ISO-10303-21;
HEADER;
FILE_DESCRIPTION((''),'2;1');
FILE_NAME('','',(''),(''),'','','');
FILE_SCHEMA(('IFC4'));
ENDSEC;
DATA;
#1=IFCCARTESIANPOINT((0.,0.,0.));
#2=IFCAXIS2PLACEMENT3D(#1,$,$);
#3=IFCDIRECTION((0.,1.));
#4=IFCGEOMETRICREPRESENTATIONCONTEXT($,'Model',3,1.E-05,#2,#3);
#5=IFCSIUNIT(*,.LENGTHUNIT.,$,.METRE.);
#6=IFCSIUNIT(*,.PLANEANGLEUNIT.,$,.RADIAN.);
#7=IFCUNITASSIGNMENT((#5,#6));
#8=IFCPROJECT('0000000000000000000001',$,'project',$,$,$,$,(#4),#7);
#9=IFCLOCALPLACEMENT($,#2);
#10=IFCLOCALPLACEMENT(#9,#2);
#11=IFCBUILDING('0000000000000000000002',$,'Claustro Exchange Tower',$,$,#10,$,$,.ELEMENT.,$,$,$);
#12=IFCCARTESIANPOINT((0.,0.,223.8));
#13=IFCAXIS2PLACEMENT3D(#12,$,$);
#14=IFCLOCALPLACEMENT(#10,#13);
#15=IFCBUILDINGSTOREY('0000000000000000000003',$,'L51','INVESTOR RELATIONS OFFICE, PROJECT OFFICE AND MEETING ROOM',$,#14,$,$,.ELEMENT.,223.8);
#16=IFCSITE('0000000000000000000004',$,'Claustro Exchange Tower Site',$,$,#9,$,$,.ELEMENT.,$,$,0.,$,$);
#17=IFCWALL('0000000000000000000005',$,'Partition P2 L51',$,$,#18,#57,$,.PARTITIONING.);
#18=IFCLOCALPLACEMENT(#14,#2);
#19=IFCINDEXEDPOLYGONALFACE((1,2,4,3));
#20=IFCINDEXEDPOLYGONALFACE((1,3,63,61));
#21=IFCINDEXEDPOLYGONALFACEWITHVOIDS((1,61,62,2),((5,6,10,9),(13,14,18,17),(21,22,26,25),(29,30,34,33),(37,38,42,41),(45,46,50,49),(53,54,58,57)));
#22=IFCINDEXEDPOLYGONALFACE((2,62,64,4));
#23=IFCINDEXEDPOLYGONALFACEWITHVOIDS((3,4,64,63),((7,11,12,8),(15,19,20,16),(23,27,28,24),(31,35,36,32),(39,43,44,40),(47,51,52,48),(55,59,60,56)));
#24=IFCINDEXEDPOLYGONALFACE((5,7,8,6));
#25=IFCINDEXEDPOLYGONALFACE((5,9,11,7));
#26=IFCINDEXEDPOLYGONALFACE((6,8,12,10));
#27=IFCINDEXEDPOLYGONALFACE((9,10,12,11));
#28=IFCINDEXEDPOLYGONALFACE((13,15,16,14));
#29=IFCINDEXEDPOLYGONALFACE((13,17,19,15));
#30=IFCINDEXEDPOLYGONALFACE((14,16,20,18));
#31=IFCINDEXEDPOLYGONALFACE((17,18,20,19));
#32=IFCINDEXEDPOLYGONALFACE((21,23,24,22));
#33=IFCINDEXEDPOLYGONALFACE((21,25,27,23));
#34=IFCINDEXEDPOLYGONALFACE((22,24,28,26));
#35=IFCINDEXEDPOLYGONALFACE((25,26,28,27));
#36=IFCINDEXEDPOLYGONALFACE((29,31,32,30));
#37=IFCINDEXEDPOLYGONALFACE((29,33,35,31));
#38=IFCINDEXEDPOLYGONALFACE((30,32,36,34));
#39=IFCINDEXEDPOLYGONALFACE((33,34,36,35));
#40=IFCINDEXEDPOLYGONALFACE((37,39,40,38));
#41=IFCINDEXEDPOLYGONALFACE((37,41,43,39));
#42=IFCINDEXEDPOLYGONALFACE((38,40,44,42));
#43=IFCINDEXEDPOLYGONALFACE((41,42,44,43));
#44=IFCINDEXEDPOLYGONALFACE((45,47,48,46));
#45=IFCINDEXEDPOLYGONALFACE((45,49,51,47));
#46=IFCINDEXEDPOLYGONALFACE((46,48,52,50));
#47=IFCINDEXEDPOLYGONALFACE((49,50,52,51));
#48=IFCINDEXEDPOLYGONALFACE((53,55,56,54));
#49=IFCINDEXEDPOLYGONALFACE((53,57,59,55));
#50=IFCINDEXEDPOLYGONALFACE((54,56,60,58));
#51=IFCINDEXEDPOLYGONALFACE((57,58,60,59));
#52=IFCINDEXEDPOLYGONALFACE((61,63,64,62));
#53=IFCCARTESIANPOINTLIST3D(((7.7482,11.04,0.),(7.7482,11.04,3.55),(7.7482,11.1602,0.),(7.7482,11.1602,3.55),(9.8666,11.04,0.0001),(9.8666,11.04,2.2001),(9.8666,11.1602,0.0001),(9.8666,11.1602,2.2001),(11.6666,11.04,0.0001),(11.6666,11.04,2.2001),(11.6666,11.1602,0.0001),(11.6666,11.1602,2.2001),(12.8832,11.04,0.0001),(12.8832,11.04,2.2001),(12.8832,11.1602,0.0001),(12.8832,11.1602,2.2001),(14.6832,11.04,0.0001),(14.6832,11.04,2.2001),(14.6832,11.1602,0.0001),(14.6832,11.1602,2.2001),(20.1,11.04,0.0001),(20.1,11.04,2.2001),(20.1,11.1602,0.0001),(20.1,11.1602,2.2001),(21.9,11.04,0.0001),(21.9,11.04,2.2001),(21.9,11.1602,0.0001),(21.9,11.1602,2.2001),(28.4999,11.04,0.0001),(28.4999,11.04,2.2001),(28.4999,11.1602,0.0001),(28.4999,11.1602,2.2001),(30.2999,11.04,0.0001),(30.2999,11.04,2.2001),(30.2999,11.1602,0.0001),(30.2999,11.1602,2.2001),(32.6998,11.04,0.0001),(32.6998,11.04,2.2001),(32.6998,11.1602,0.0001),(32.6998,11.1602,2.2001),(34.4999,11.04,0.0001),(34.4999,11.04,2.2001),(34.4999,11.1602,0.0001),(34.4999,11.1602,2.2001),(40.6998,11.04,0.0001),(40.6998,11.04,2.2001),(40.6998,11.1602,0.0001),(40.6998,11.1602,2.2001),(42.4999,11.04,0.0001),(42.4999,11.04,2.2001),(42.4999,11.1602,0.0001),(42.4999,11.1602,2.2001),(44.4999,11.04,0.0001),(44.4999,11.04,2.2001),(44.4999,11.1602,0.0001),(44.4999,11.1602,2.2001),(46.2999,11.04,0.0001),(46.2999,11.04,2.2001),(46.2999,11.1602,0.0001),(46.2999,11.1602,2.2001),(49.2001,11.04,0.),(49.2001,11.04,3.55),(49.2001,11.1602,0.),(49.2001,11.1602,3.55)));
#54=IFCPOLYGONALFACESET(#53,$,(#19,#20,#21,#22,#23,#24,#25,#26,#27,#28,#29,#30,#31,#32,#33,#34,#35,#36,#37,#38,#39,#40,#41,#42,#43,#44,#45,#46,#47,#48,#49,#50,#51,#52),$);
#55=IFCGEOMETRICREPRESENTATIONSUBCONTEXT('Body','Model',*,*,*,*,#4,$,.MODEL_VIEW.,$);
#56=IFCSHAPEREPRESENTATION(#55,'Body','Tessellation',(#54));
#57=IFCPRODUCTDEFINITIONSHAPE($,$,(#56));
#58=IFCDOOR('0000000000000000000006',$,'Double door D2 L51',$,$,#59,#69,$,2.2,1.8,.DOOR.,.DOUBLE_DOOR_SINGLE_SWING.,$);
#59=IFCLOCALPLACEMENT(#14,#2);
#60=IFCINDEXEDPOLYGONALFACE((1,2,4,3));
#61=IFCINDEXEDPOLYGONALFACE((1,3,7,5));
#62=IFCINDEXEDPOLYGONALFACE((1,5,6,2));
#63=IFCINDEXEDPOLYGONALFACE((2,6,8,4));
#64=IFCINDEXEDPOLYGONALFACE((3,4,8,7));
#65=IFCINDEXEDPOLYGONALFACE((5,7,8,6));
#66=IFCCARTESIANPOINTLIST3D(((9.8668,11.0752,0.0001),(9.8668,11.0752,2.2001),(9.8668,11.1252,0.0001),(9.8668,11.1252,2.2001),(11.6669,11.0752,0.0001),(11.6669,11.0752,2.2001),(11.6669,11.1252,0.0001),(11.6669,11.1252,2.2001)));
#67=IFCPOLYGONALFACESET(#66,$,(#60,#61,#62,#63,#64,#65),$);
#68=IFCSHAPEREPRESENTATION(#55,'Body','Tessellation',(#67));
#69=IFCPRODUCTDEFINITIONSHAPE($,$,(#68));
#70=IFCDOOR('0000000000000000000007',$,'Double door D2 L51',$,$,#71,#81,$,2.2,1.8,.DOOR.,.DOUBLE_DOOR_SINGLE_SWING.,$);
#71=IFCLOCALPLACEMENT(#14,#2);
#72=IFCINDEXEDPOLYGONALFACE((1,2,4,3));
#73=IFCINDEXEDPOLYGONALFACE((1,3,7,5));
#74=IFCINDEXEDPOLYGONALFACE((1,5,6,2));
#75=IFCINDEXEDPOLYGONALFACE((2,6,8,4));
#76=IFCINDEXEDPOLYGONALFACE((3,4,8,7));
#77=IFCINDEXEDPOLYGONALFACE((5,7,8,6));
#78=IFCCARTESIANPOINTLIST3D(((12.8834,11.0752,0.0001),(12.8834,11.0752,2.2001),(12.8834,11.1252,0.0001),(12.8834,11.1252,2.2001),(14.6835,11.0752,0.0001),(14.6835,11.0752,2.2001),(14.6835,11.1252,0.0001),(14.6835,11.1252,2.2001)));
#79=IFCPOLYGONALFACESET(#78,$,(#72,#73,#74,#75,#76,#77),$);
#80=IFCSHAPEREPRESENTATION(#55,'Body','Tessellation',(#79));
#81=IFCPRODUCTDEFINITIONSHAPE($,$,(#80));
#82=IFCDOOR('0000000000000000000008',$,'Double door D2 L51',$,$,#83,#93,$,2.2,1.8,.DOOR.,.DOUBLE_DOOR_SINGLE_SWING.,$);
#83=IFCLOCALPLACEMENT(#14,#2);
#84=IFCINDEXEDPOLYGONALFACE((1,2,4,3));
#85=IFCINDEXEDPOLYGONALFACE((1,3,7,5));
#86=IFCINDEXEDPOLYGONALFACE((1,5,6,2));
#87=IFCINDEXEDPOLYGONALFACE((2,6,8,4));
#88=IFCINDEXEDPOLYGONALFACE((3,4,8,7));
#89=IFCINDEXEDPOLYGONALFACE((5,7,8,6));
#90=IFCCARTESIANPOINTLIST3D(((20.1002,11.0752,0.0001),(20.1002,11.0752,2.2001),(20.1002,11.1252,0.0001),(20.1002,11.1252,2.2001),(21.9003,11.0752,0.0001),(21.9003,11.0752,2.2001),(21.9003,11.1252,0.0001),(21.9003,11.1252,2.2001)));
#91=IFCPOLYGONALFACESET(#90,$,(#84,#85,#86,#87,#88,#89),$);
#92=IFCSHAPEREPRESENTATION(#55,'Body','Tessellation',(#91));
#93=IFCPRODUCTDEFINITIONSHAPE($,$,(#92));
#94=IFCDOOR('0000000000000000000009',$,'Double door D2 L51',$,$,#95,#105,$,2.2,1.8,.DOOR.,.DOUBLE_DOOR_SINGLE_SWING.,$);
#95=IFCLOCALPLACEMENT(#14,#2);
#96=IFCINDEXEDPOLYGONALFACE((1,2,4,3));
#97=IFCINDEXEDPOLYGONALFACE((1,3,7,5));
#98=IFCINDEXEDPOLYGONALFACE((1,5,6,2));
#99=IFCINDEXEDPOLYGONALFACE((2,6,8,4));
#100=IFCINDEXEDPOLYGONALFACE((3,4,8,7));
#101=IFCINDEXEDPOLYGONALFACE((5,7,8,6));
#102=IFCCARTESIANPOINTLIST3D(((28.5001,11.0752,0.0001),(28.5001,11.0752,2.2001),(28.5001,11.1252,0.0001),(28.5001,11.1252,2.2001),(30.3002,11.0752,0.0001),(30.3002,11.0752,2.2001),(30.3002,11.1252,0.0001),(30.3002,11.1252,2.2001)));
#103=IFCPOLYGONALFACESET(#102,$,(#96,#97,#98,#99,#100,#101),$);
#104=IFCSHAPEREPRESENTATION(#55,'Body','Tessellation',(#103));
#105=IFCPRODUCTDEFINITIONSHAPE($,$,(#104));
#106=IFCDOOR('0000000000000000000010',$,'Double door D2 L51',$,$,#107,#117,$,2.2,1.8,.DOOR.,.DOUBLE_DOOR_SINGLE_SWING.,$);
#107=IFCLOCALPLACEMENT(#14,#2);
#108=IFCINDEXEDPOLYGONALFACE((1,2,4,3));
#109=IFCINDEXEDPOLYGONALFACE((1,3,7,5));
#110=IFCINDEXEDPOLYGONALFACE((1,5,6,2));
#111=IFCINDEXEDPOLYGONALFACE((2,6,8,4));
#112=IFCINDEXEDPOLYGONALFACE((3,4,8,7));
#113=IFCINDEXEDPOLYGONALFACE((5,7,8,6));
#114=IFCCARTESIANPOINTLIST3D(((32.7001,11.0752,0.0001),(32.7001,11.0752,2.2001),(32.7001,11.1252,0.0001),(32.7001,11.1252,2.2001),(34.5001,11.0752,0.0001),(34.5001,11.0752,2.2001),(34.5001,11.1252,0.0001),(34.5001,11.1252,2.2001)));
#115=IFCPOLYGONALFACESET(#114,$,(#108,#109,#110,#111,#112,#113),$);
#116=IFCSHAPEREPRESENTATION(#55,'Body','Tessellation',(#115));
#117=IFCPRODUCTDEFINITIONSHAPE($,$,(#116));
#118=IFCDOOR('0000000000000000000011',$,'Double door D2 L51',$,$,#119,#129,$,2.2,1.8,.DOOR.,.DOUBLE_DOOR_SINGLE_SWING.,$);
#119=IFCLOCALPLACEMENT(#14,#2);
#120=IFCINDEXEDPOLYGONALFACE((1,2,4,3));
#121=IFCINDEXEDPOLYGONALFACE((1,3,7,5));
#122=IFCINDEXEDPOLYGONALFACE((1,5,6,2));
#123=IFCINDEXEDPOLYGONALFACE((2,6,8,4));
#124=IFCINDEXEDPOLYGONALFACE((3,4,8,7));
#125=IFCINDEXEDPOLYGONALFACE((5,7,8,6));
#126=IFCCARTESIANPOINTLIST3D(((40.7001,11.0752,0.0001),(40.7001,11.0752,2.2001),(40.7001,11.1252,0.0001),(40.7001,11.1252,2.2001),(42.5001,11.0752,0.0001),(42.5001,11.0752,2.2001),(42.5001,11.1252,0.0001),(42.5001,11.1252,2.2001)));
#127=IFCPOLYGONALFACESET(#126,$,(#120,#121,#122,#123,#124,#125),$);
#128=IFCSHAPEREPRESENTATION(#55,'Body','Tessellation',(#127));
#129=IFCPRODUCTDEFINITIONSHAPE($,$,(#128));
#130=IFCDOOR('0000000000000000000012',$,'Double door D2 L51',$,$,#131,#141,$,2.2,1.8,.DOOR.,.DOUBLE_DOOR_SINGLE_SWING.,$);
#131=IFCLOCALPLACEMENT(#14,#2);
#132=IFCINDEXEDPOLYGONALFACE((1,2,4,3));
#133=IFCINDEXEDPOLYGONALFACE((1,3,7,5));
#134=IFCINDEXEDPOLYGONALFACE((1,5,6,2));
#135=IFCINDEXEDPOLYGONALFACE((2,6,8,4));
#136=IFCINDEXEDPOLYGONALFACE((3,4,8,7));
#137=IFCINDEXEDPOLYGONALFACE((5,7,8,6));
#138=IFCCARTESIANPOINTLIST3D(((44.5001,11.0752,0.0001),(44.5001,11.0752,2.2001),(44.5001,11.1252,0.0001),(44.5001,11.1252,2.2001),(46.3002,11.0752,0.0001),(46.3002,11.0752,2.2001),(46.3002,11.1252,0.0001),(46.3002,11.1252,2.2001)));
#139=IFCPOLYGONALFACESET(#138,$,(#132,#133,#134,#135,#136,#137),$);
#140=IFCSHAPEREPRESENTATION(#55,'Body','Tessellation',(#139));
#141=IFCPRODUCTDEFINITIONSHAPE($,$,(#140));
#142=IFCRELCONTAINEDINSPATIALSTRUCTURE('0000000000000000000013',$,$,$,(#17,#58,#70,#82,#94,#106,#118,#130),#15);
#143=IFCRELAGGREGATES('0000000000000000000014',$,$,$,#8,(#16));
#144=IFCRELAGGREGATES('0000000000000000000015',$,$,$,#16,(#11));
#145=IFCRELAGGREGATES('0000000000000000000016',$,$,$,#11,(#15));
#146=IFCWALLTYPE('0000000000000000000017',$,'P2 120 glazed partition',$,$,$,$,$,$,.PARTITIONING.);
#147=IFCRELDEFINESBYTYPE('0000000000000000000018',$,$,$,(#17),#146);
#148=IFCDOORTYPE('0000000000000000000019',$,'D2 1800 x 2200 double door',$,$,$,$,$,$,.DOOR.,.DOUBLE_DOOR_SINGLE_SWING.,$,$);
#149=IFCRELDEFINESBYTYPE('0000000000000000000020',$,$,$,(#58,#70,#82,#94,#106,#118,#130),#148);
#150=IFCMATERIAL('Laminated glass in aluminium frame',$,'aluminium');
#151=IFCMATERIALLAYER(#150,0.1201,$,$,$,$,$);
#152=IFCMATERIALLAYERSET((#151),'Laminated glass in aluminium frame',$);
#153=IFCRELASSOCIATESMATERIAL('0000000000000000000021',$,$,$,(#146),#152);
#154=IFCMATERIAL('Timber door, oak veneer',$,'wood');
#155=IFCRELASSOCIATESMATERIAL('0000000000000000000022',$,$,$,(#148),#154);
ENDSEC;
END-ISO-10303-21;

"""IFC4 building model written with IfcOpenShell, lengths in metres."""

from ifc_helpers import new_model, si_unit, direction, frame, frame_2d, origin, place, context, subcontext, project, spatial, rectangle, extrude, material, layer, layer_set, type_object, element, fill, save


model = new_model("IFC4")

# Units and contexts
model_context = context("Model", 3, precision=1e-05, world=origin(), true_north=direction((0.0, 1.0)))
body_context = subcontext(model_context, "Body", "Model", "MODEL_VIEW")
ifc_project = project(units=[si_unit("LENGTHUNIT", "METRE"), si_unit("PLANEANGLEUNIT", "RADIAN")], contexts=[model_context])

# Site, building, storey
site_placement = place(None, origin())
site = spatial("IfcSite", under=ifc_project, at=site_placement, Name="Claustro Exchange Tower Site", CompositionType="ELEMENT", RefElevation=0.0)
building_placement = place(site_placement, origin())
building = spatial("IfcBuilding", under=site, at=building_placement, Name="Claustro Exchange Tower", CompositionType="ELEMENT")
storey_placement = place(building_placement, frame((0.0, 0.0, 223.8)))
storey = spatial("IfcBuildingStorey", under=building, at=storey_placement, Name="L51", Description="INVESTOR RELATIONS OFFICE, PROJECT OFFICE AND MEETING ROOM", CompositionType="ELEMENT", Elevation=223.8)

# Wall, openings, doors
ifc_material_1 = material(Name="Laminated glass in aluminium frame", Category="aluminium")
ifc_layer_1 = layer(ifc_material_1, 0.1201)
ifc_layer_set_1 = layer_set([ifc_layer_1], Name="Laminated glass in aluminium frame")
wall_type_1 = type_object("IfcWallType", Name="P2 120 glazed partition", PredefinedType="PARTITIONING", material=ifc_layer_set_1)
wall_1_placement = place(storey_placement, frame((7.748, 11.1001, 0.0), z_axis=(0.0, 0.0, 1.0), x_axis=(1.0, 0.0, 0.0)))
wall_1 = element("IfcWall", 1, at=wall_1_placement, inside=storey, type_object=wall_type_1, Name="Partition P2 L51", PredefinedType="PARTITIONING", context=body_context, shape_type="SweptSolid", body=[
    extrude(rectangle(XDim=41.4519, YDim=0.1201, at=frame_2d((20.7261, 0.0))), origin(), (0.0, 0.0, 1.0), 3.55),
])
opening_1_placement = place(wall_1_placement, frame((2.1187, 0.0, 0.0)))
opening_1 = element("IfcOpeningElement", 2, at=opening_1_placement, cuts=wall_1, PredefinedType="OPENING", context=body_context, shape_type="SweptSolid", body=[
    extrude(rectangle(XDim=1.8, YDim=2.2, at=frame_2d((0.8999, 1.1001))), frame((0.0, 0.0701, 0.0), z_axis=(0.0, -1.0, 0.0), x_axis=(1.0, 0.0, 0.0)), (0.0, 0.0, 1.0), 0.1401),
])
opening_2_placement = place(wall_1_placement, frame((5.1353, 0.0, 0.0)))
opening_2 = element("IfcOpeningElement", 3, at=opening_2_placement, cuts=wall_1, PredefinedType="OPENING", context=body_context, shape_type="SweptSolid", body=[
    extrude(rectangle(XDim=1.8, YDim=2.2, at=frame_2d((0.8999, 1.1001))), frame((0.0, 0.0701, 0.0), z_axis=(0.0, -1.0, 0.0), x_axis=(1.0, 0.0, 0.0)), (0.0, 0.0, 1.0), 0.1401),
])
opening_3_placement = place(wall_1_placement, frame((12.3521, 0.0, 0.0)))
opening_3 = element("IfcOpeningElement", 4, at=opening_3_placement, cuts=wall_1, PredefinedType="OPENING", context=body_context, shape_type="SweptSolid", body=[
    extrude(rectangle(XDim=1.8, YDim=2.2, at=frame_2d((0.8999, 1.1001))), frame((0.0, 0.0701, 0.0), z_axis=(0.0, -1.0, 0.0), x_axis=(1.0, 0.0, 0.0)), (0.0, 0.0, 1.0), 0.1401),
])
opening_4_placement = place(wall_1_placement, frame((20.752, 0.0, 0.0)))
opening_4 = element("IfcOpeningElement", 5, at=opening_4_placement, cuts=wall_1, PredefinedType="OPENING", context=body_context, shape_type="SweptSolid", body=[
    extrude(rectangle(XDim=1.8, YDim=2.2, at=frame_2d((0.8999, 1.1001))), frame((0.0, 0.0701, 0.0), z_axis=(0.0, -1.0, 0.0), x_axis=(1.0, 0.0, 0.0)), (0.0, 0.0, 1.0), 0.1401),
])
opening_5_placement = place(wall_1_placement, frame((24.9519, 0.0, 0.0)))
opening_5 = element("IfcOpeningElement", 6, at=opening_5_placement, cuts=wall_1, PredefinedType="OPENING", context=body_context, shape_type="SweptSolid", body=[
    extrude(rectangle(XDim=1.8, YDim=2.2, at=frame_2d((0.8999, 1.1001))), frame((0.0, 0.0701, 0.0), z_axis=(0.0, -1.0, 0.0), x_axis=(1.0, 0.0, 0.0)), (0.0, 0.0, 1.0), 0.1401),
])
opening_6_placement = place(wall_1_placement, frame((32.9519, 0.0, 0.0)))
opening_6 = element("IfcOpeningElement", 7, at=opening_6_placement, cuts=wall_1, PredefinedType="OPENING", context=body_context, shape_type="SweptSolid", body=[
    extrude(rectangle(XDim=1.8, YDim=2.2, at=frame_2d((0.8999, 1.1001))), frame((0.0, 0.0701, 0.0), z_axis=(0.0, -1.0, 0.0), x_axis=(1.0, 0.0, 0.0)), (0.0, 0.0, 1.0), 0.1401),
])
opening_7_placement = place(wall_1_placement, frame((36.752, 0.0, 0.0)))
opening_7 = element("IfcOpeningElement", 8, at=opening_7_placement, cuts=wall_1, PredefinedType="OPENING", context=body_context, shape_type="SweptSolid", body=[
    extrude(rectangle(XDim=1.8, YDim=2.2, at=frame_2d((0.8999, 1.1001))), frame((0.0, 0.0701, 0.0), z_axis=(0.0, -1.0, 0.0), x_axis=(1.0, 0.0, 0.0)), (0.0, 0.0, 1.0), 0.1401),
])
ifc_material_2 = material(Name="Timber door, oak veneer", Category="wood")
door_type_1 = type_object("IfcDoorType", Name="D2 1800 x 2200 double door", OperationType="DOUBLE_DOOR_SINGLE_SWING", PredefinedType="DOOR", material=ifc_material_2)
door_1_placement = place(opening_1_placement, frame((1.8, 0.0, 0.0), z_axis=(0.0, 0.0, 1.0), x_axis=(-1.0, 0.0, 0.0)))
door_1 = element("IfcDoor", 9, at=door_1_placement, inside=storey, type_object=door_type_1, Name="Double door D2 L51", OperationType="DOUBLE_DOOR_SINGLE_SWING", OverallHeight=2.2, OverallWidth=1.8, PredefinedType="DOOR", context=body_context, shape_type="SweptSolid", body=[
    extrude(rectangle(XDim=1.8, YDim=2.2, at=frame_2d((0.8999, 1.1001))), frame((0.0, 0.0249, 0.0), z_axis=(0.0, -1.0, 0.0), x_axis=(1.0, 0.0, 0.0)), (0.0, 0.0, 1.0), 0.05),
])
fill(opening_1, door_1)
door_2_placement = place(opening_2_placement, frame((1.8, 0.0, 0.0), z_axis=(0.0, 0.0, 1.0), x_axis=(-1.0, 0.0, 0.0)))
door_2 = element("IfcDoor", 10, at=door_2_placement, inside=storey, type_object=door_type_1, Name="Double door D2 L51", OperationType="DOUBLE_DOOR_SINGLE_SWING", OverallHeight=2.2, OverallWidth=1.8, PredefinedType="DOOR", context=body_context, shape_type="SweptSolid", body=[
    extrude(rectangle(XDim=1.8, YDim=2.2, at=frame_2d((0.8999, 1.1001))), frame((0.0, 0.0249, 0.0), z_axis=(0.0, -1.0, 0.0), x_axis=(1.0, 0.0, 0.0)), (0.0, 0.0, 1.0), 0.05),
])
fill(opening_2, door_2)
door_3_placement = place(opening_3_placement, frame((1.8, 0.0, 0.0), z_axis=(0.0, 0.0, 1.0), x_axis=(-1.0, 0.0, 0.0)))
door_3 = element("IfcDoor", 11, at=door_3_placement, inside=storey, type_object=door_type_1, Name="Double door D2 L51", OperationType="DOUBLE_DOOR_SINGLE_SWING", OverallHeight=2.2, OverallWidth=1.8, PredefinedType="DOOR", context=body_context, shape_type="SweptSolid", body=[
    extrude(rectangle(XDim=1.8, YDim=2.2, at=frame_2d((0.8999, 1.1001))), frame((0.0, 0.0249, 0.0), z_axis=(0.0, -1.0, 0.0), x_axis=(1.0, 0.0, 0.0)), (0.0, 0.0, 1.0), 0.05),
])
fill(opening_3, door_3)
door_4_placement = place(opening_4_placement, frame((1.8, 0.0, 0.0), z_axis=(0.0, 0.0, 1.0), x_axis=(-1.0, 0.0, 0.0)))
door_4 = element("IfcDoor", 12, at=door_4_placement, inside=storey, type_object=door_type_1, Name="Double door D2 L51", OperationType="DOUBLE_DOOR_SINGLE_SWING", OverallHeight=2.2, OverallWidth=1.8, PredefinedType="DOOR", context=body_context, shape_type="SweptSolid", body=[
    extrude(rectangle(XDim=1.8, YDim=2.2, at=frame_2d((0.8999, 1.1001))), frame((0.0, 0.0249, 0.0), z_axis=(0.0, -1.0, 0.0), x_axis=(1.0, 0.0, 0.0)), (0.0, 0.0, 1.0), 0.05),
])
fill(opening_4, door_4)
door_5_placement = place(opening_5_placement, frame((1.8, 0.0, 0.0), z_axis=(0.0, 0.0, 1.0), x_axis=(-1.0, 0.0, 0.0)))
door_5 = element("IfcDoor", 13, at=door_5_placement, inside=storey, type_object=door_type_1, Name="Double door D2 L51", OperationType="DOUBLE_DOOR_SINGLE_SWING", OverallHeight=2.2, OverallWidth=1.8, PredefinedType="DOOR", context=body_context, shape_type="SweptSolid", body=[
    extrude(rectangle(XDim=1.8, YDim=2.2, at=frame_2d((0.8999, 1.1001))), frame((0.0, 0.0249, 0.0), z_axis=(0.0, -1.0, 0.0), x_axis=(1.0, 0.0, 0.0)), (0.0, 0.0, 1.0), 0.05),
])
fill(opening_5, door_5)
door_6_placement = place(opening_6_placement, frame((1.8, 0.0, 0.0), z_axis=(0.0, 0.0, 1.0), x_axis=(-1.0, 0.0, 0.0)))
door_6 = element("IfcDoor", 14, at=door_6_placement, inside=storey, type_object=door_type_1, Name="Double door D2 L51", OperationType="DOUBLE_DOOR_SINGLE_SWING", OverallHeight=2.2, OverallWidth=1.8, PredefinedType="DOOR", context=body_context, shape_type="SweptSolid", body=[
    extrude(rectangle(XDim=1.8, YDim=2.2, at=frame_2d((0.8999, 1.1001))), frame((0.0, 0.0249, 0.0), z_axis=(0.0, -1.0, 0.0), x_axis=(1.0, 0.0, 0.0)), (0.0, 0.0, 1.0), 0.05),
])
fill(opening_6, door_6)
door_7_placement = place(opening_7_placement, frame((1.8, 0.0, 0.0), z_axis=(0.0, 0.0, 1.0), x_axis=(-1.0, 0.0, 0.0)))
door_7 = element("IfcDoor", 15, at=door_7_placement, inside=storey, type_object=door_type_1, Name="Double door D2 L51", OperationType="DOUBLE_DOOR_SINGLE_SWING", OverallHeight=2.2, OverallWidth=1.8, PredefinedType="DOOR", context=body_context, shape_type="SweptSolid", body=[
    extrude(rectangle(XDim=1.8, YDim=2.2, at=frame_2d((0.8999, 1.1001))), frame((0.0, 0.0249, 0.0), z_axis=(0.0, -1.0, 0.0), x_axis=(1.0, 0.0, 0.0)), (0.0, 0.0, 1.0), 0.05),
])
fill(opening_7, door_7)

save(model, "model.ifc")
